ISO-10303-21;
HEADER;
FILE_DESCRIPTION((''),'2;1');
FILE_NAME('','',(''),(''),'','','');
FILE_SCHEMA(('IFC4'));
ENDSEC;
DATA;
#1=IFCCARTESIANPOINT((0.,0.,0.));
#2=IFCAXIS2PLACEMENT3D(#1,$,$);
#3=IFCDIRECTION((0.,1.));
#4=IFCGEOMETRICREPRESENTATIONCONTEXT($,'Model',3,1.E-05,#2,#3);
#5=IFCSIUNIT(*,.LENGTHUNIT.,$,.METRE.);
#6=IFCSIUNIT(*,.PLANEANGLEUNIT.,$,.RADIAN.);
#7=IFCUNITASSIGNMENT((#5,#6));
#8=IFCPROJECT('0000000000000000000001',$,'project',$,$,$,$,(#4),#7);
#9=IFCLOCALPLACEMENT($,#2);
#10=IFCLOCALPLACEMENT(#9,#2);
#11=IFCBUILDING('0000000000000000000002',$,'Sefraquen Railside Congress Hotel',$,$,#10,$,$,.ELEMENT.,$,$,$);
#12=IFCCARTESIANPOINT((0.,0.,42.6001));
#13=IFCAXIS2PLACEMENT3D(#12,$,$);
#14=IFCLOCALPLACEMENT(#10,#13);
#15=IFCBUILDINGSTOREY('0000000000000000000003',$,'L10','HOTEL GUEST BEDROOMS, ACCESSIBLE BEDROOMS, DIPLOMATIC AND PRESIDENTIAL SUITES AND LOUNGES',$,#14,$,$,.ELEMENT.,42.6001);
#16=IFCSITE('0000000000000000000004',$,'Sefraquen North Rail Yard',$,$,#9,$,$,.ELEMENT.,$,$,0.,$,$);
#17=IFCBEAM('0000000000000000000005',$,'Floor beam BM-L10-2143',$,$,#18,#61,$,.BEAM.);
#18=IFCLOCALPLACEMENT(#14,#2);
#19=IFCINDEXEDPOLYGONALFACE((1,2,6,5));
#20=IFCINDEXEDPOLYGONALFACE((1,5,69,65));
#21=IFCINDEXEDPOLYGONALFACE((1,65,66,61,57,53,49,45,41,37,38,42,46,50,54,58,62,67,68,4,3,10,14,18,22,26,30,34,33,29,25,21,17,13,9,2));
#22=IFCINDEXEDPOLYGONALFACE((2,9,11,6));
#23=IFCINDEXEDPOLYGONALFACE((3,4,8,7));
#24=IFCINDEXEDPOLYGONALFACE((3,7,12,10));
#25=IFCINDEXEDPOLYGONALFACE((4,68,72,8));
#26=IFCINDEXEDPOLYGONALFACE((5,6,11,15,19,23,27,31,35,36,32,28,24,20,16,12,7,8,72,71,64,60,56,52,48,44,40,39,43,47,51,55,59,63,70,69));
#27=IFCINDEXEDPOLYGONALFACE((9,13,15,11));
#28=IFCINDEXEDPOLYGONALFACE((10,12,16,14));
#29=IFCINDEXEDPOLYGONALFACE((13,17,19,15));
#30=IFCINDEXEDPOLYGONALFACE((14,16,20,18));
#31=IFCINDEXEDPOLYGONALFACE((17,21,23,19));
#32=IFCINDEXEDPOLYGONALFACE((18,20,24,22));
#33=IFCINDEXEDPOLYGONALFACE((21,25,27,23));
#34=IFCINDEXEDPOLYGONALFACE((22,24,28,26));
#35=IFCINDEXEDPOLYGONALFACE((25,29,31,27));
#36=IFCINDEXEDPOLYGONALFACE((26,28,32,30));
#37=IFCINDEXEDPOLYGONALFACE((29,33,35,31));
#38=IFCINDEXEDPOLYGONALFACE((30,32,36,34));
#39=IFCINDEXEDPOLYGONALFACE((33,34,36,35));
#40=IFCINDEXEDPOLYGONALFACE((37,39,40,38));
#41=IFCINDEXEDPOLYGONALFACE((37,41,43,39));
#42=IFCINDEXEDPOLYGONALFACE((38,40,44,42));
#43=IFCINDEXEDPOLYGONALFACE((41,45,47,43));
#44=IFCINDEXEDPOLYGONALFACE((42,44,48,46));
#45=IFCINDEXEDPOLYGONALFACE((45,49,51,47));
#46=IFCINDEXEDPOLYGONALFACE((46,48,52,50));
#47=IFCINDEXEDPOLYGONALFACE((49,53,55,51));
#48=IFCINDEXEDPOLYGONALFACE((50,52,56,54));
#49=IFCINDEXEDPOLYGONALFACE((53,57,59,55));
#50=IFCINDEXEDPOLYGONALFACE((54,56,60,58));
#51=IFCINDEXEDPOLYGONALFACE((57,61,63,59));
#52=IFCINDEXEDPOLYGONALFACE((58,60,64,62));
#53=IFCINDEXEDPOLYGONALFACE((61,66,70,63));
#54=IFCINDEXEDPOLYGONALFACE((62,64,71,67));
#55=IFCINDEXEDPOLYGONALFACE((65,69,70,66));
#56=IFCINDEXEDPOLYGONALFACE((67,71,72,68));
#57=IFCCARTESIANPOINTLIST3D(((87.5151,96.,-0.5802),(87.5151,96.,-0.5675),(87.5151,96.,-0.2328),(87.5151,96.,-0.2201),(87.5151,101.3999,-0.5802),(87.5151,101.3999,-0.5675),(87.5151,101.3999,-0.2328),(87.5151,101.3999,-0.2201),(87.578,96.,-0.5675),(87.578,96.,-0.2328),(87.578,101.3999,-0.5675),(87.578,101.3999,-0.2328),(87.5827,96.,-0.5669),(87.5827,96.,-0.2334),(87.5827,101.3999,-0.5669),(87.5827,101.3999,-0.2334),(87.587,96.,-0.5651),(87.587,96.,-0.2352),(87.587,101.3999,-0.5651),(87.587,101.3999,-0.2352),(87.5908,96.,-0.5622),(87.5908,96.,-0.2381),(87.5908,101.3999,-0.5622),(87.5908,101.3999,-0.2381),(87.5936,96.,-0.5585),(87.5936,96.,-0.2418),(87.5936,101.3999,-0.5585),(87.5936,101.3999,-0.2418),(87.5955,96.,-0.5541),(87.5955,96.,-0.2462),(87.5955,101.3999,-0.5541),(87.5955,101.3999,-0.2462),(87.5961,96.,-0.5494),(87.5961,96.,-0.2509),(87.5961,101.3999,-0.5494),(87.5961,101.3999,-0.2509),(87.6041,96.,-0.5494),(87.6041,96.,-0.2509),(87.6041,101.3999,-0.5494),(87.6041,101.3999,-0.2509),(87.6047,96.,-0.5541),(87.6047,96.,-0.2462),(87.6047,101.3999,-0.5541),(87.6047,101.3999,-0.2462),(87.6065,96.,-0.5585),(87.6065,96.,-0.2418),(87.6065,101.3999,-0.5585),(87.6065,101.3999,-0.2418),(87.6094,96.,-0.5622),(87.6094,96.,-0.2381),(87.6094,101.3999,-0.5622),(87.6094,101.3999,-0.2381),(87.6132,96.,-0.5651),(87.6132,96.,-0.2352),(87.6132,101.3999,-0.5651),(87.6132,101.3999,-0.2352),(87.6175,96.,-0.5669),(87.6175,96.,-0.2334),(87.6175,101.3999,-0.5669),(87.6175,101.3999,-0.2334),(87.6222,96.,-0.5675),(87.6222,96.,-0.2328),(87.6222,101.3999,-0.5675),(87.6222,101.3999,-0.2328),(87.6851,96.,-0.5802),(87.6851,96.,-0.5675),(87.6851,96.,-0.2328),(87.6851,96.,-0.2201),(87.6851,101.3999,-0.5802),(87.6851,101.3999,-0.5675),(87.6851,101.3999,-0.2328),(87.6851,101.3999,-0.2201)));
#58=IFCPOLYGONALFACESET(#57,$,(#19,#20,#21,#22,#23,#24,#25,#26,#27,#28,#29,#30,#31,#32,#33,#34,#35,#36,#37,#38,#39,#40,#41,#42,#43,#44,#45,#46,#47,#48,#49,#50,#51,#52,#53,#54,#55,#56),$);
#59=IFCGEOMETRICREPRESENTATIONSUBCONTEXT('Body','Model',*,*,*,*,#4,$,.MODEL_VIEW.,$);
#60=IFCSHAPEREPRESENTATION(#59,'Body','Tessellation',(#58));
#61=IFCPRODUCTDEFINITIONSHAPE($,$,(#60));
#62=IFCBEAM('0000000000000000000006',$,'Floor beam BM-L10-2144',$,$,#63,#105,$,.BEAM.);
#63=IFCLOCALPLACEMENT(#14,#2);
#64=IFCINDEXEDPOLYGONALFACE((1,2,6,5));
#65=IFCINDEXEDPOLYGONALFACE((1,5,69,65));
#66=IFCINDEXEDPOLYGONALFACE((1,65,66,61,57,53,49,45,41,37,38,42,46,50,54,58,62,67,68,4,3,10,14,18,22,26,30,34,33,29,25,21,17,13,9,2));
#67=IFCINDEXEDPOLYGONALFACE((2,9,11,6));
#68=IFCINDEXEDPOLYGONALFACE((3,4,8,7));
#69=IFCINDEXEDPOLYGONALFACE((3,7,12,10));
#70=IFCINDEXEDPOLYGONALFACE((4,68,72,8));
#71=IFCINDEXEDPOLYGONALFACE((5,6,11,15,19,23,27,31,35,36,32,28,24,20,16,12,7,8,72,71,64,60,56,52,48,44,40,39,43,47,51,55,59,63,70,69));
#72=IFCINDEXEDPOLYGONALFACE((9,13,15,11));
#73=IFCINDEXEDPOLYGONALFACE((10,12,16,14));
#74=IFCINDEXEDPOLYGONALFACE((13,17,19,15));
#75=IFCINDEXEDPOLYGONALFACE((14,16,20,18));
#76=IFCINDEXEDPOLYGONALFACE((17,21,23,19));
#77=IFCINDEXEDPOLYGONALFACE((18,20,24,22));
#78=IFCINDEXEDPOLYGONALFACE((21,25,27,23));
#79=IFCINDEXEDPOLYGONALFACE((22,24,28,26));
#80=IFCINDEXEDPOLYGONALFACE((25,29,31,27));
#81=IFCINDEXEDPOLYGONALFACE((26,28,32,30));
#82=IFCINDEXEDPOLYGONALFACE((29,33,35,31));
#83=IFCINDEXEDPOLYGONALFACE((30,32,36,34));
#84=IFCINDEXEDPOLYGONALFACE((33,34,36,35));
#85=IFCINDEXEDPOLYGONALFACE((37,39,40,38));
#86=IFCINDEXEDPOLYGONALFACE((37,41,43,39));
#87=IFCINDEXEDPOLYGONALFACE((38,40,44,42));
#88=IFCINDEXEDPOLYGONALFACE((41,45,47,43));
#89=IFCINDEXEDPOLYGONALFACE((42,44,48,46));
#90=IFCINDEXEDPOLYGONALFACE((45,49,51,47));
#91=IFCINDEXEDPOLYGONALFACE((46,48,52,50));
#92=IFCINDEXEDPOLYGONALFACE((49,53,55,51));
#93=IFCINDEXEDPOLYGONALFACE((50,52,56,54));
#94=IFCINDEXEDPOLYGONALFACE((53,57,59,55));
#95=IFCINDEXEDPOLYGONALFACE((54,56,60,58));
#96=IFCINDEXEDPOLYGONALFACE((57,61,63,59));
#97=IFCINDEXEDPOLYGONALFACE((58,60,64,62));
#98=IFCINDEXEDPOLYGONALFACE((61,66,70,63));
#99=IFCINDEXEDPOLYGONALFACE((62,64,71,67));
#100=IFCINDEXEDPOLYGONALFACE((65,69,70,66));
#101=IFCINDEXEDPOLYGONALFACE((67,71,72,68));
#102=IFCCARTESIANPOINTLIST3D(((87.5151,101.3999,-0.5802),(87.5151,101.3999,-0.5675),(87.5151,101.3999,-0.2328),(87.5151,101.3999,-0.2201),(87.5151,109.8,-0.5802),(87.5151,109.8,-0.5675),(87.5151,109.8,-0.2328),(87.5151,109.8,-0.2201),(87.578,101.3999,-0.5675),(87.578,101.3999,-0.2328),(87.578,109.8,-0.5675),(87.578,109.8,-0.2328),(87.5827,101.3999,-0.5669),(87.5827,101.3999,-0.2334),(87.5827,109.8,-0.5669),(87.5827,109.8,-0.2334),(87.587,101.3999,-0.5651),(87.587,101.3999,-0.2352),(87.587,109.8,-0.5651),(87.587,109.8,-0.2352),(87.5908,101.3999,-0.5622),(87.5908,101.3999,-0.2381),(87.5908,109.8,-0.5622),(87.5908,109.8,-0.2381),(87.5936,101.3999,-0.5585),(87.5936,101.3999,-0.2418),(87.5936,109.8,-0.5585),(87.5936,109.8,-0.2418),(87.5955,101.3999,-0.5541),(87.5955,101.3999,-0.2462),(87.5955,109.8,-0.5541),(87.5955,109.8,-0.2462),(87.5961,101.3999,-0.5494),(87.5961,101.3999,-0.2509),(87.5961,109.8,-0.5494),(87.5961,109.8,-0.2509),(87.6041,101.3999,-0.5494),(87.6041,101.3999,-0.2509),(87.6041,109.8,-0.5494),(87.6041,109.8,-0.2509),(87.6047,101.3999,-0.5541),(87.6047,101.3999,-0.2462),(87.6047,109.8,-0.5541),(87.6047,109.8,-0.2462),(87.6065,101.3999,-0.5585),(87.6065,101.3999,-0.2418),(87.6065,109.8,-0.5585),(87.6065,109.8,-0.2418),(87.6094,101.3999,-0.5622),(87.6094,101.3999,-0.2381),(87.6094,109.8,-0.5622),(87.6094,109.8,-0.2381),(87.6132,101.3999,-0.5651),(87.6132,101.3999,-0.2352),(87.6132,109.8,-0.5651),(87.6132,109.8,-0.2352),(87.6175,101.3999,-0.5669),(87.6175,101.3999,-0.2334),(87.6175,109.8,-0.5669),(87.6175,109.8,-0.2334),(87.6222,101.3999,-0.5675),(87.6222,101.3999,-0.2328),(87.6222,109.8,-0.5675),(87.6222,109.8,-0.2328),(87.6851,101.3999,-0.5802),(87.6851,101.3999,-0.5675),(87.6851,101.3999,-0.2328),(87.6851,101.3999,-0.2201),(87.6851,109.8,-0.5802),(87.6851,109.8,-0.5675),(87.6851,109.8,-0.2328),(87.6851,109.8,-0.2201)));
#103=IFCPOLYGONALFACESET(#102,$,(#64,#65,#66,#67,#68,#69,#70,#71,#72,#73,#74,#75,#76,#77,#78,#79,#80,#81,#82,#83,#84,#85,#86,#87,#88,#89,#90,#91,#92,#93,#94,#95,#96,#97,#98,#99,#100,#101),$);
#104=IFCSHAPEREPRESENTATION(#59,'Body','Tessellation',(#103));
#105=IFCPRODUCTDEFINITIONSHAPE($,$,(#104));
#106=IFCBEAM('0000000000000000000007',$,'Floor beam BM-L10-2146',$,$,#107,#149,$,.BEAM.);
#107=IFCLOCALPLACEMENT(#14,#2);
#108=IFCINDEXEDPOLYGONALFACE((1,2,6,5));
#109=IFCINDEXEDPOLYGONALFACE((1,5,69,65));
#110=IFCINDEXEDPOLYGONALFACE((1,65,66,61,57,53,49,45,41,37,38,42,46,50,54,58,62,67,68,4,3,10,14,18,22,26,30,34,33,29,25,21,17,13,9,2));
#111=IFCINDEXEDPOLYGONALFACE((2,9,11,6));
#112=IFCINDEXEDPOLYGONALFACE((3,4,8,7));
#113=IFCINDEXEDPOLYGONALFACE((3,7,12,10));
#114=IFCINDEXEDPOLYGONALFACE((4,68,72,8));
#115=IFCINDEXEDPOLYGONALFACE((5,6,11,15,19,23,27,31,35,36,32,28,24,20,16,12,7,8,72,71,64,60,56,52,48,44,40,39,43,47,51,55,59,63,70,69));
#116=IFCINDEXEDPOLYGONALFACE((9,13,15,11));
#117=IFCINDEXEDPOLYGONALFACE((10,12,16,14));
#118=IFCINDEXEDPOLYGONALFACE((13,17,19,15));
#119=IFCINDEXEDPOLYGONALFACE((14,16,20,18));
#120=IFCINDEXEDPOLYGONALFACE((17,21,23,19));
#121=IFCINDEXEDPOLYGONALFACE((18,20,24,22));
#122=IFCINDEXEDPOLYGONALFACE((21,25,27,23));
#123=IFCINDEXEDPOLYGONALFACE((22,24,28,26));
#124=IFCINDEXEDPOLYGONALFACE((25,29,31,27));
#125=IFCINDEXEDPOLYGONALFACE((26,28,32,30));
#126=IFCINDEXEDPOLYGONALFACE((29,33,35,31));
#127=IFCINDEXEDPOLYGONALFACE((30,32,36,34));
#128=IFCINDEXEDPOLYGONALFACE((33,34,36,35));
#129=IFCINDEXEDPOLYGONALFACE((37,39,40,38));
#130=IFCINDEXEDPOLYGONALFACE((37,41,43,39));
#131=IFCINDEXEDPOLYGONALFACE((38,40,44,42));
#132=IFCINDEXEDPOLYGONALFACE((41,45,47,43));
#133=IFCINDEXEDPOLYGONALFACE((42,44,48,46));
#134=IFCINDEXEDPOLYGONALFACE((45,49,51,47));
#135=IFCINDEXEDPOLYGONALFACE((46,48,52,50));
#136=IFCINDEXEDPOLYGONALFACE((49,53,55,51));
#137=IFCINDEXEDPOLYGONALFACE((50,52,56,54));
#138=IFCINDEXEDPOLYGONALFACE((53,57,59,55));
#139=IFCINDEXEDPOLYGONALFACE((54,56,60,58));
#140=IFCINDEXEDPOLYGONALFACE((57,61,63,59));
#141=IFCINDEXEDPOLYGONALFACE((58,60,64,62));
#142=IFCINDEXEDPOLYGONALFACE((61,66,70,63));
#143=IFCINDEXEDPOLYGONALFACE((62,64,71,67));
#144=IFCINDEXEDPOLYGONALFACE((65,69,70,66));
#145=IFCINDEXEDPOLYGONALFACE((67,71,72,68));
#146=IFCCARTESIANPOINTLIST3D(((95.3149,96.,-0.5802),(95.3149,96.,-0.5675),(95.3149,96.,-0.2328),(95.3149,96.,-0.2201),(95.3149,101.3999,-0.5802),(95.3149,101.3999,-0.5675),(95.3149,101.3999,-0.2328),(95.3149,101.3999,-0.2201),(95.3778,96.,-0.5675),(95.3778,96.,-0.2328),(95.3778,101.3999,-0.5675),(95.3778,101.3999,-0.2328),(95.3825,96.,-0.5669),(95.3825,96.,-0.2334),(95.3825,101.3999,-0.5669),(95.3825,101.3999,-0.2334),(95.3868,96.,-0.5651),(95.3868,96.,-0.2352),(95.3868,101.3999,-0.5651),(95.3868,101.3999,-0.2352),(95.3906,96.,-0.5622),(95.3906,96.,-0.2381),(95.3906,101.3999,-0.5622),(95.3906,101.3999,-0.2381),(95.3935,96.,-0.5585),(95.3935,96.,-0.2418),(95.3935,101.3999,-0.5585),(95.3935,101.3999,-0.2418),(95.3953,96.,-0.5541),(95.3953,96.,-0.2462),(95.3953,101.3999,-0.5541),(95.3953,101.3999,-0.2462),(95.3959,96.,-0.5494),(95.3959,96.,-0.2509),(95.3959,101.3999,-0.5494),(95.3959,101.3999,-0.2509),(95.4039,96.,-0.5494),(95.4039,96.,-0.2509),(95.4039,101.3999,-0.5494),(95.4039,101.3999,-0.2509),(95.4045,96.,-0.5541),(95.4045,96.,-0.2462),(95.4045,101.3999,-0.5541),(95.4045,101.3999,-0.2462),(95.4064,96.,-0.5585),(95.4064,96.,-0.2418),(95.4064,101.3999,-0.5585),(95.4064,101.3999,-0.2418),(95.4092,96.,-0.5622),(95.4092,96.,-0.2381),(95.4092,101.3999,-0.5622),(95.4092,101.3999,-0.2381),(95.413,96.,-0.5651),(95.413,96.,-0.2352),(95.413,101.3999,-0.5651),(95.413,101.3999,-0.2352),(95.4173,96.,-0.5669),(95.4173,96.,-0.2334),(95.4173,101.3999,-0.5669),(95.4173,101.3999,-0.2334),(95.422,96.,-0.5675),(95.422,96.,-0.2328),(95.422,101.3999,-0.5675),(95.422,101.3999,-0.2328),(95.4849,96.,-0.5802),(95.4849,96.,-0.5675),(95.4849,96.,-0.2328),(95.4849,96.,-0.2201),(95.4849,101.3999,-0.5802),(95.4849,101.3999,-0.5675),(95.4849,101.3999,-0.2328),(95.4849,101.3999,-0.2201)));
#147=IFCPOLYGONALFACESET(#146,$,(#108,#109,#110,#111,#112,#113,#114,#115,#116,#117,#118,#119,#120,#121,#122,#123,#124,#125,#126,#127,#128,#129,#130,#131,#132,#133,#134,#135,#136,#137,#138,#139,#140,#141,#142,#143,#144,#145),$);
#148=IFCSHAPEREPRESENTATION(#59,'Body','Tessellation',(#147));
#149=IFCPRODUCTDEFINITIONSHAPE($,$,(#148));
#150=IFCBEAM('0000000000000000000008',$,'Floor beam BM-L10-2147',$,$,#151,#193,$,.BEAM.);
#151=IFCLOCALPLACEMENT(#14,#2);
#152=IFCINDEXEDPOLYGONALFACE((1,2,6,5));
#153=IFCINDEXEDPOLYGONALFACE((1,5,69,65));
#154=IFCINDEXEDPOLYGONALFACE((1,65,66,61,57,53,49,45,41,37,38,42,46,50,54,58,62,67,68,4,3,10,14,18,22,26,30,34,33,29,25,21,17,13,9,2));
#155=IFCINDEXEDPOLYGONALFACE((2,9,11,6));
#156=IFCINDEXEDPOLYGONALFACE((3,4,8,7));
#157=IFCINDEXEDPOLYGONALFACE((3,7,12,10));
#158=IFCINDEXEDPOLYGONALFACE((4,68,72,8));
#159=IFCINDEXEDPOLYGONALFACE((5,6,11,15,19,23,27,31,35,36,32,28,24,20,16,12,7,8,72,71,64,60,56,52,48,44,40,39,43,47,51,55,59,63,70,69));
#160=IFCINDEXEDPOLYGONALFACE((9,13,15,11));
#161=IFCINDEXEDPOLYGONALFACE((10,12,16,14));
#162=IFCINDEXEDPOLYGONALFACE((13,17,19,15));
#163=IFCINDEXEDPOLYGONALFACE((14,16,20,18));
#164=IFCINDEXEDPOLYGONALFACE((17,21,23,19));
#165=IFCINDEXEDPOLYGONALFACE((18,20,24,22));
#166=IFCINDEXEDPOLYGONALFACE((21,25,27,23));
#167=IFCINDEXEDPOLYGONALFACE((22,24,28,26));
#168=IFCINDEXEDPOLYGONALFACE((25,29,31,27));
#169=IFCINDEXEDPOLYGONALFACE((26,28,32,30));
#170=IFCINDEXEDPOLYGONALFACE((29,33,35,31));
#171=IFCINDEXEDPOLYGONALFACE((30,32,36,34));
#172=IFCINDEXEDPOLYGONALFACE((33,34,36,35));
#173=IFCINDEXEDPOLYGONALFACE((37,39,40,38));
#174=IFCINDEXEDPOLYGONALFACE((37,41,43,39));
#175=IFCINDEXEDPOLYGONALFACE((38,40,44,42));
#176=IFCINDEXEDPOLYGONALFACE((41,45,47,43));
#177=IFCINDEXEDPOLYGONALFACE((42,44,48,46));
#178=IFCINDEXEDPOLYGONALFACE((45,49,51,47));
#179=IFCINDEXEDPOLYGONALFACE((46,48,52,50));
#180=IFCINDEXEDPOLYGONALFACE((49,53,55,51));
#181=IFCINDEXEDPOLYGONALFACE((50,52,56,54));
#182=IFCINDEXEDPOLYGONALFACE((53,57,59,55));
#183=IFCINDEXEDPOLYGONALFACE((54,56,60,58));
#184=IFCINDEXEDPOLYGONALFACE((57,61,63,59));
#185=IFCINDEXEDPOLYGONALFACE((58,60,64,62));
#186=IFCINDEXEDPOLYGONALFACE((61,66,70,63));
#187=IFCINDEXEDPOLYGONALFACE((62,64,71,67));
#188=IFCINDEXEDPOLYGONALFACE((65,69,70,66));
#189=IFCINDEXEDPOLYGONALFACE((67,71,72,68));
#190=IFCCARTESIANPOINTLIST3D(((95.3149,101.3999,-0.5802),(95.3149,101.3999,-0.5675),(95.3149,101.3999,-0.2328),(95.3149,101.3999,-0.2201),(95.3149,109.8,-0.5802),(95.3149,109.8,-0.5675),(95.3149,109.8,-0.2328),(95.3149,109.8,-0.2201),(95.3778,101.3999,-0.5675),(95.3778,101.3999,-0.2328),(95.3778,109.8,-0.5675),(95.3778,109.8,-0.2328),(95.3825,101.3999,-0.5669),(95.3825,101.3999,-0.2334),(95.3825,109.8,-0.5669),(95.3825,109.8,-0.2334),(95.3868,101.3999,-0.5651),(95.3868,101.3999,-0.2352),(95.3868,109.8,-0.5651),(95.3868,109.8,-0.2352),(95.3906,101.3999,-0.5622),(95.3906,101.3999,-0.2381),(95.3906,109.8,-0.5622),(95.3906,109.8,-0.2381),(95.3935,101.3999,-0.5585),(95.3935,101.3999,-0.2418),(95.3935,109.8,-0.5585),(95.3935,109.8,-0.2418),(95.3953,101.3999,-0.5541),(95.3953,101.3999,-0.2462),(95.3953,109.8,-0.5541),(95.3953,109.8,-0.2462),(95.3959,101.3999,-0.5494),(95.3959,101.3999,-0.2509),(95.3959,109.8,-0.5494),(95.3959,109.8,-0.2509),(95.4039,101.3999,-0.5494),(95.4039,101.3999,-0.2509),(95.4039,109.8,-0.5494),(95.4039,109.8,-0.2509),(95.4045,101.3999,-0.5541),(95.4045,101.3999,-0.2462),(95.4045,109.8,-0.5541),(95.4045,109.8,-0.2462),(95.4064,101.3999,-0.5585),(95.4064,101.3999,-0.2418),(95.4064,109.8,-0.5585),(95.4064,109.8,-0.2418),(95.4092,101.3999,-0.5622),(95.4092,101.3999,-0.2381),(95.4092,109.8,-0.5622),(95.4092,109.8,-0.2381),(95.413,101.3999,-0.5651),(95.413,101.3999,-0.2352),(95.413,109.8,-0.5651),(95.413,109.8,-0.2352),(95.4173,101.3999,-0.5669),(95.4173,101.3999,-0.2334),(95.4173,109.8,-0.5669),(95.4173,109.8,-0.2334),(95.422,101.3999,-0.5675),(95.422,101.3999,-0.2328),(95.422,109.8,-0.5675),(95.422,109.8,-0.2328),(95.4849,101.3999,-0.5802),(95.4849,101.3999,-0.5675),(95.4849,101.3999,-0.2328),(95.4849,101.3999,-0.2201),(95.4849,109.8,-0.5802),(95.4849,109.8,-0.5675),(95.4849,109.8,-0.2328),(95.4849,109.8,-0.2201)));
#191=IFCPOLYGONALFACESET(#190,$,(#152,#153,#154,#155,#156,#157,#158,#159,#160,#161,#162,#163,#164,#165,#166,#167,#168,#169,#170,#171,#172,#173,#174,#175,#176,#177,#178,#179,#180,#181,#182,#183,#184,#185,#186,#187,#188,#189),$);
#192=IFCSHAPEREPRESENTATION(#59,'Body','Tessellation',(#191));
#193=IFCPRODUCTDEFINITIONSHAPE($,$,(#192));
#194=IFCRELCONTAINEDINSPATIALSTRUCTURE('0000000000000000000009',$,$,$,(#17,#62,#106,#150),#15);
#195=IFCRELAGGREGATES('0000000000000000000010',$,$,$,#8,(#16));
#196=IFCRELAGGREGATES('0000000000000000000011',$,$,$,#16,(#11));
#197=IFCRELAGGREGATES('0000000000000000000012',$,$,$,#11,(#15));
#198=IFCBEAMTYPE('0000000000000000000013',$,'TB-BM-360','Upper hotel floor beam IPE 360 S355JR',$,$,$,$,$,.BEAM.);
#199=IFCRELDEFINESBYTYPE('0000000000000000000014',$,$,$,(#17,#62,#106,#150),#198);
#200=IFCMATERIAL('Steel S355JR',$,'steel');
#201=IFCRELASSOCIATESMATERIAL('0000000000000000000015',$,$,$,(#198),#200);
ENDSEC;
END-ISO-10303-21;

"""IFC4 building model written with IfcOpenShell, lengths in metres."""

from ifc_helpers import new_model, si_unit, direction, frame, origin, origin_2d, place, context, subcontext, project, spatial, i_section, extrude, material, material_profile, profile_set, type_object, element, save


model = new_model("IFC4")

# Units and contexts
model_context = context("Model", 3, precision=1e-05, world=origin(), true_north=direction((0.0, 1.0)))
body_context = subcontext(model_context, "Body", "Model", "MODEL_VIEW")
ifc_project = project(units=[si_unit("LENGTHUNIT", "METRE"), si_unit("PLANEANGLEUNIT", "RADIAN")], contexts=[model_context])

# Site, building, storey
site_placement = place(None, origin())
site = spatial("IfcSite", under=ifc_project, at=site_placement, Name="Sefraquen North Rail Yard", CompositionType="ELEMENT", RefElevation=0.0)
building_placement = place(site_placement, origin())
building = spatial("IfcBuilding", under=site, at=building_placement, Name="Sefraquen Railside Congress Hotel", CompositionType="ELEMENT")
storey_placement = place(building_placement, frame((0.0, 0.0, 42.6001)))
storey = spatial("IfcBuildingStorey", under=building, at=storey_placement, Name="L10", Description="HOTEL GUEST BEDROOMS, ACCESSIBLE BEDROOMS, DIPLOMATIC AND PRESIDENTIAL SUITES AND LOUNGES", CompositionType="ELEMENT", Elevation=42.6001)

# Shared definitions
ifc_material_1 = material(Name="Steel S355JR", Category="steel")

# Beams
ifc_material_profile_1 = material_profile(ifc_material_1, i_section(OverallWidth=0.1699, OverallDepth=0.3601, WebThickness=0.0081, FlangeThickness=0.0127, FilletRadius=0.0181, at=origin_2d()), Name="IPE 360")
ifc_profile_set_1 = profile_set([ifc_material_profile_1], Name="Steel S355JR")
beam_type_1 = type_object("IfcBeamType", Name="TB-BM-360", Description="Upper hotel floor beam IPE 360 S355JR", PredefinedType="BEAM", material=ifc_profile_set_1)
beam_1_placement = place(storey_placement, frame((87.6001, 96.0, -0.4001), z_axis=(0.0, 1.0, 0.0), x_axis=(-1.0, 0.0, 0.0)))
element("IfcBeam", 1, at=beam_1_placement, inside=storey, type_object=beam_type_1, Name="Floor beam BM-L10-2143", PredefinedType="BEAM", context=body_context, shape_type="SweptSolid", body=[
    extrude(i_section(OverallWidth=0.1699, OverallDepth=0.3601, WebThickness=0.0081, FlangeThickness=0.0127, FilletRadius=0.0181, at=origin_2d()), origin(), (0.0, 0.0, 1.0), 5.3999),
])
beam_2_placement = place(storey_placement, frame((87.6001, 101.3999, -0.4001), z_axis=(0.0, 1.0, 0.0), x_axis=(-1.0, 0.0, 0.0)))
element("IfcBeam", 2, at=beam_2_placement, inside=storey, type_object=beam_type_1, Name="Floor beam BM-L10-2144", PredefinedType="BEAM", context=body_context, shape_type="SweptSolid", body=[
    extrude(i_section(OverallWidth=0.1699, OverallDepth=0.3601, WebThickness=0.0081, FlangeThickness=0.0127, FilletRadius=0.0181, at=origin_2d()), origin(), (0.0, 0.0, 1.0), 8.4001),
])
beam_3_placement = place(storey_placement, frame((95.3999, 96.0, -0.4001), z_axis=(0.0, 1.0, 0.0), x_axis=(-1.0, 0.0, 0.0)))
element("IfcBeam", 3, at=beam_3_placement, inside=storey, type_object=beam_type_1, Name="Floor beam BM-L10-2146", PredefinedType="BEAM", context=body_context, shape_type="SweptSolid", body=[
    extrude(i_section(OverallWidth=0.1699, OverallDepth=0.3601, WebThickness=0.0081, FlangeThickness=0.0127, FilletRadius=0.0181, at=origin_2d()), origin(), (0.0, 0.0, 1.0), 5.3999),
])
beam_4_placement = place(storey_placement, frame((95.3999, 101.3999, -0.4001), z_axis=(0.0, 1.0, 0.0), x_axis=(-1.0, 0.0, 0.0)))
element("IfcBeam", 4, at=beam_4_placement, inside=storey, type_object=beam_type_1, Name="Floor beam BM-L10-2147", PredefinedType="BEAM", context=body_context, shape_type="SweptSolid", body=[
    extrude(i_section(OverallWidth=0.1699, OverallDepth=0.3601, WebThickness=0.0081, FlangeThickness=0.0127, FilletRadius=0.0181, at=origin_2d()), origin(), (0.0, 0.0, 1.0), 8.4001),
])

save(model, "model.ifc")
